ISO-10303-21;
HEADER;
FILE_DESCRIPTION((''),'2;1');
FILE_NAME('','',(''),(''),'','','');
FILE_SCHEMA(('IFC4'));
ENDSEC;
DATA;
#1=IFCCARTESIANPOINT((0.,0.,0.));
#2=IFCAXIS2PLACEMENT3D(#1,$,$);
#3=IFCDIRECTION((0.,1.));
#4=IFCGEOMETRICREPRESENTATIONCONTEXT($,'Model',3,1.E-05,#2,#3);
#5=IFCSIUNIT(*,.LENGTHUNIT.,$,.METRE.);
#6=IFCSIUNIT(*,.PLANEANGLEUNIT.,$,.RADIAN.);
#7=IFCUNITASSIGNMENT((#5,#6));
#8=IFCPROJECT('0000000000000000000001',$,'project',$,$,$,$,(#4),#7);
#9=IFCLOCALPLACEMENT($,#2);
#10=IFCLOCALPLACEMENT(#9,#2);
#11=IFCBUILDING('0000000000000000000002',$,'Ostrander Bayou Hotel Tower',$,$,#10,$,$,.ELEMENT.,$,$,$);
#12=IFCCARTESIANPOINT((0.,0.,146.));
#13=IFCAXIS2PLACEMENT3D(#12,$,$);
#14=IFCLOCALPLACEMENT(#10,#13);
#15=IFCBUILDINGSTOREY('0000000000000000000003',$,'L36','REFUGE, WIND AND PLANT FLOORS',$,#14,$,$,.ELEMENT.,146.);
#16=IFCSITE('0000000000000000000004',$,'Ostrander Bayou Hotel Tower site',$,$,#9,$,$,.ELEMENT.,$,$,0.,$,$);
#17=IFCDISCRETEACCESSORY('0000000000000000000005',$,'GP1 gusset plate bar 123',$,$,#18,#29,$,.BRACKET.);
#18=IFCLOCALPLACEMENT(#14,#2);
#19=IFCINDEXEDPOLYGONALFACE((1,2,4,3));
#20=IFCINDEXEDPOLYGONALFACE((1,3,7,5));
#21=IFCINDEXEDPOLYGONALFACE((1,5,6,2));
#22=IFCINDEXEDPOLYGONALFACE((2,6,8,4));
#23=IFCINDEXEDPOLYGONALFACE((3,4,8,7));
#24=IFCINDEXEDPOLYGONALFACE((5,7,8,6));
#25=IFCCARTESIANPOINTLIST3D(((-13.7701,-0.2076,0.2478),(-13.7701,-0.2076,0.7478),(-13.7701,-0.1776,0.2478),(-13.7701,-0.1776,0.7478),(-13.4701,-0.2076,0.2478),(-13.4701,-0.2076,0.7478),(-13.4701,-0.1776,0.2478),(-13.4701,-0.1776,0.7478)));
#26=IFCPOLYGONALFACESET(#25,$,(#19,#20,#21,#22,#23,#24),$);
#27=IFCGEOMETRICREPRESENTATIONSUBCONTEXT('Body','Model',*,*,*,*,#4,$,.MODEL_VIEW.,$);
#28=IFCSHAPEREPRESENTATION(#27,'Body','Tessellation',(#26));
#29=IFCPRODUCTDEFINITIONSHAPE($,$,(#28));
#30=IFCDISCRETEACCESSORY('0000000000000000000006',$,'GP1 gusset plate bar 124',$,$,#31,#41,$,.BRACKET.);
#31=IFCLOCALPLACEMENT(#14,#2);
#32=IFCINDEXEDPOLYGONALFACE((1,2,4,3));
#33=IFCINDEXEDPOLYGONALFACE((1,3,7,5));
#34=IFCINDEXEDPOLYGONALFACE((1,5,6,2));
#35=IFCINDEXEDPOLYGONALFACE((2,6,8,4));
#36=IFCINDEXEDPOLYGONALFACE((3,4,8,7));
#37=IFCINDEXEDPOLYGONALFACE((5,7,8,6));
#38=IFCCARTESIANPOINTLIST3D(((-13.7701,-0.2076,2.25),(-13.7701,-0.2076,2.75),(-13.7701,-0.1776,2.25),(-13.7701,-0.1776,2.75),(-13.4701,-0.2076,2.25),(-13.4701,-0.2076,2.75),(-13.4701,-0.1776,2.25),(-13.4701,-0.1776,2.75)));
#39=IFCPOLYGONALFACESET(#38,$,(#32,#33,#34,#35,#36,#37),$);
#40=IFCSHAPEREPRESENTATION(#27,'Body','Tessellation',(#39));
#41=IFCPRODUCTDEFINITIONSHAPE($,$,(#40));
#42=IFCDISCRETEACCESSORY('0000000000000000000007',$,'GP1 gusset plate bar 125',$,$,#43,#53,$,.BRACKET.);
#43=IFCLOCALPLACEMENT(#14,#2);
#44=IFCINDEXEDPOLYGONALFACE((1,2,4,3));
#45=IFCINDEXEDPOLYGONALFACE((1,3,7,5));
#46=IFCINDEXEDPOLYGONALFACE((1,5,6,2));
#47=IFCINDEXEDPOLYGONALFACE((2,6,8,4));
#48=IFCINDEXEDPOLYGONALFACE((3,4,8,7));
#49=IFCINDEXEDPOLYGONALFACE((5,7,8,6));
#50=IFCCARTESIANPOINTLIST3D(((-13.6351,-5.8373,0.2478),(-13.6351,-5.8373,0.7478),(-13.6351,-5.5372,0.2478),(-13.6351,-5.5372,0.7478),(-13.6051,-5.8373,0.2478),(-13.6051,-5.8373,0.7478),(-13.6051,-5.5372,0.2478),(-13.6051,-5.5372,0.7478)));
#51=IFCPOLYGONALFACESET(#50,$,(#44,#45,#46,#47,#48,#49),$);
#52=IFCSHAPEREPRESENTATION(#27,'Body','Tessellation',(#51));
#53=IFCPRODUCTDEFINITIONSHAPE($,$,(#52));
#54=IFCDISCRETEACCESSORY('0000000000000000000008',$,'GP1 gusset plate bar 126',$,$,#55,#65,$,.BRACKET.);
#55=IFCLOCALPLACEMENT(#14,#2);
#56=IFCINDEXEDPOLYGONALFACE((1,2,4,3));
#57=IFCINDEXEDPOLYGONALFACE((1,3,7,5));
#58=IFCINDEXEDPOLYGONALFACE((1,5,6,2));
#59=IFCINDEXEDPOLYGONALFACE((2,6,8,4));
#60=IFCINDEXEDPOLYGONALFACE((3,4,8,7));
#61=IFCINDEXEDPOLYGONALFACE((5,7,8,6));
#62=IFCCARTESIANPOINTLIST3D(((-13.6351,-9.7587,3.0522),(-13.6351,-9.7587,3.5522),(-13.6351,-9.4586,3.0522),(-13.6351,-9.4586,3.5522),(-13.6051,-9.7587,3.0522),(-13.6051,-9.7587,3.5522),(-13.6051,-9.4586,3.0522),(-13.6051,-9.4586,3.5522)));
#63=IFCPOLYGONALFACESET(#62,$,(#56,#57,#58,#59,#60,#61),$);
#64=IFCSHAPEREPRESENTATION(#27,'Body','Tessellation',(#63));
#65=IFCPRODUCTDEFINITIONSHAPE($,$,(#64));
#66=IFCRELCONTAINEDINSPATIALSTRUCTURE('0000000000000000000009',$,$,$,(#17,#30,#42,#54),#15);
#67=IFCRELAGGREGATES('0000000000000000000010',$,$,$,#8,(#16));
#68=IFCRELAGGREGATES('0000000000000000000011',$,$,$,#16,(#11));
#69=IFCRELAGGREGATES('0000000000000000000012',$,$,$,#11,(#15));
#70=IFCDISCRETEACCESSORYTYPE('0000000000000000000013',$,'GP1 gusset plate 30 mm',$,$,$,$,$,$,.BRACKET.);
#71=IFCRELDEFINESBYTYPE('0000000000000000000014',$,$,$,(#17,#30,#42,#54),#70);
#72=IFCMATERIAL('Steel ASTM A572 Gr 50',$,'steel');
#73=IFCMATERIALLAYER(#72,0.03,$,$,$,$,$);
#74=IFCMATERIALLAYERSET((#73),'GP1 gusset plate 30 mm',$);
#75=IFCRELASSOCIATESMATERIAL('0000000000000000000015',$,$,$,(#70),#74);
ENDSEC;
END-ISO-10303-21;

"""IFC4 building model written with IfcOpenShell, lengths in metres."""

from ifc_helpers import new_model, si_unit, direction, frame, origin, origin_2d, place, context, subcontext, project, spatial, rectangle, extrude, material, layer, layer_set, type_object, element, save


model = new_model("IFC4")

# Units and contexts
model_context = context("Model", 3, precision=1e-05, world=origin(), true_north=direction((0.0, 1.0)))
body_context = subcontext(model_context, "Body", "Model", "MODEL_VIEW")
ifc_project = project(units=[si_unit("LENGTHUNIT", "METRE"), si_unit("PLANEANGLEUNIT", "RADIAN")], contexts=[model_context])

# Site, building, storey
site_placement = place(None, origin())
site = spatial("IfcSite", under=ifc_project, at=site_placement, Name="Ostrander Bayou Hotel Tower site", CompositionType="ELEMENT", RefElevation=0.0)
building_placement = place(site_placement, origin())
building = spatial("IfcBuilding", under=site, at=building_placement, Name="Ostrander Bayou Hotel Tower", CompositionType="ELEMENT")
storey_placement = place(building_placement, frame((0.0, 0.0, 146.0)))
storey = spatial("IfcBuildingStorey", under=building, at=storey_placement, Name="L36", Description="REFUGE, WIND AND PLANT FLOORS", CompositionType="ELEMENT", Elevation=146.0)

# Discrete accessories
ifc_material_1 = material(Name="Steel ASTM A572 Gr 50", Category="steel")
ifc_layer_1 = layer(ifc_material_1, 0.03)
ifc_layer_set_1 = layer_set([ifc_layer_1], Name="GP1 gusset plate 30 mm")
discrete_accessory_type = type_object("IfcDiscreteAccessoryType", Name="GP1 gusset plate 30 mm", PredefinedType="BRACKET", material=ifc_layer_set_1)
for number, where, z_axis, x_axis, name in (
    (1, (-13.6201, -0.1926, 0.2478), (0.0, 0.0, 1.0), (1.0, 0.0, 0.0), "GP1 gusset plate bar 123"),
    (2, (-13.6201, -0.1926, 2.25), (0.0, 0.0, 1.0), (1.0, 0.0, 0.0), "GP1 gusset plate bar 124"),
    (3, (-13.6201, -5.6873, 0.2478), (0.0, 0.0, 1.0), (0.0, -1.0, 0.0), "GP1 gusset plate bar 125"),
    (4, (-13.6201, -9.6086, 3.0522), (0.0, 0.0, 1.0), (0.0, -1.0, 0.0), "GP1 gusset plate bar 126"),
):
    element("IfcDiscreteAccessory", number, at=place(storey_placement, frame(where, z_axis=z_axis, x_axis=x_axis)), inside=storey, type_object=discrete_accessory_type, Name=name, PredefinedType="BRACKET", context=body_context, shape_type="SweptSolid", body=[
        extrude(rectangle(XDim=0.3, YDim=0.03, at=origin_2d()), origin(), (0.0, 0.0, 1.0), 0.5),
    ])

save(model, "model.ifc")
